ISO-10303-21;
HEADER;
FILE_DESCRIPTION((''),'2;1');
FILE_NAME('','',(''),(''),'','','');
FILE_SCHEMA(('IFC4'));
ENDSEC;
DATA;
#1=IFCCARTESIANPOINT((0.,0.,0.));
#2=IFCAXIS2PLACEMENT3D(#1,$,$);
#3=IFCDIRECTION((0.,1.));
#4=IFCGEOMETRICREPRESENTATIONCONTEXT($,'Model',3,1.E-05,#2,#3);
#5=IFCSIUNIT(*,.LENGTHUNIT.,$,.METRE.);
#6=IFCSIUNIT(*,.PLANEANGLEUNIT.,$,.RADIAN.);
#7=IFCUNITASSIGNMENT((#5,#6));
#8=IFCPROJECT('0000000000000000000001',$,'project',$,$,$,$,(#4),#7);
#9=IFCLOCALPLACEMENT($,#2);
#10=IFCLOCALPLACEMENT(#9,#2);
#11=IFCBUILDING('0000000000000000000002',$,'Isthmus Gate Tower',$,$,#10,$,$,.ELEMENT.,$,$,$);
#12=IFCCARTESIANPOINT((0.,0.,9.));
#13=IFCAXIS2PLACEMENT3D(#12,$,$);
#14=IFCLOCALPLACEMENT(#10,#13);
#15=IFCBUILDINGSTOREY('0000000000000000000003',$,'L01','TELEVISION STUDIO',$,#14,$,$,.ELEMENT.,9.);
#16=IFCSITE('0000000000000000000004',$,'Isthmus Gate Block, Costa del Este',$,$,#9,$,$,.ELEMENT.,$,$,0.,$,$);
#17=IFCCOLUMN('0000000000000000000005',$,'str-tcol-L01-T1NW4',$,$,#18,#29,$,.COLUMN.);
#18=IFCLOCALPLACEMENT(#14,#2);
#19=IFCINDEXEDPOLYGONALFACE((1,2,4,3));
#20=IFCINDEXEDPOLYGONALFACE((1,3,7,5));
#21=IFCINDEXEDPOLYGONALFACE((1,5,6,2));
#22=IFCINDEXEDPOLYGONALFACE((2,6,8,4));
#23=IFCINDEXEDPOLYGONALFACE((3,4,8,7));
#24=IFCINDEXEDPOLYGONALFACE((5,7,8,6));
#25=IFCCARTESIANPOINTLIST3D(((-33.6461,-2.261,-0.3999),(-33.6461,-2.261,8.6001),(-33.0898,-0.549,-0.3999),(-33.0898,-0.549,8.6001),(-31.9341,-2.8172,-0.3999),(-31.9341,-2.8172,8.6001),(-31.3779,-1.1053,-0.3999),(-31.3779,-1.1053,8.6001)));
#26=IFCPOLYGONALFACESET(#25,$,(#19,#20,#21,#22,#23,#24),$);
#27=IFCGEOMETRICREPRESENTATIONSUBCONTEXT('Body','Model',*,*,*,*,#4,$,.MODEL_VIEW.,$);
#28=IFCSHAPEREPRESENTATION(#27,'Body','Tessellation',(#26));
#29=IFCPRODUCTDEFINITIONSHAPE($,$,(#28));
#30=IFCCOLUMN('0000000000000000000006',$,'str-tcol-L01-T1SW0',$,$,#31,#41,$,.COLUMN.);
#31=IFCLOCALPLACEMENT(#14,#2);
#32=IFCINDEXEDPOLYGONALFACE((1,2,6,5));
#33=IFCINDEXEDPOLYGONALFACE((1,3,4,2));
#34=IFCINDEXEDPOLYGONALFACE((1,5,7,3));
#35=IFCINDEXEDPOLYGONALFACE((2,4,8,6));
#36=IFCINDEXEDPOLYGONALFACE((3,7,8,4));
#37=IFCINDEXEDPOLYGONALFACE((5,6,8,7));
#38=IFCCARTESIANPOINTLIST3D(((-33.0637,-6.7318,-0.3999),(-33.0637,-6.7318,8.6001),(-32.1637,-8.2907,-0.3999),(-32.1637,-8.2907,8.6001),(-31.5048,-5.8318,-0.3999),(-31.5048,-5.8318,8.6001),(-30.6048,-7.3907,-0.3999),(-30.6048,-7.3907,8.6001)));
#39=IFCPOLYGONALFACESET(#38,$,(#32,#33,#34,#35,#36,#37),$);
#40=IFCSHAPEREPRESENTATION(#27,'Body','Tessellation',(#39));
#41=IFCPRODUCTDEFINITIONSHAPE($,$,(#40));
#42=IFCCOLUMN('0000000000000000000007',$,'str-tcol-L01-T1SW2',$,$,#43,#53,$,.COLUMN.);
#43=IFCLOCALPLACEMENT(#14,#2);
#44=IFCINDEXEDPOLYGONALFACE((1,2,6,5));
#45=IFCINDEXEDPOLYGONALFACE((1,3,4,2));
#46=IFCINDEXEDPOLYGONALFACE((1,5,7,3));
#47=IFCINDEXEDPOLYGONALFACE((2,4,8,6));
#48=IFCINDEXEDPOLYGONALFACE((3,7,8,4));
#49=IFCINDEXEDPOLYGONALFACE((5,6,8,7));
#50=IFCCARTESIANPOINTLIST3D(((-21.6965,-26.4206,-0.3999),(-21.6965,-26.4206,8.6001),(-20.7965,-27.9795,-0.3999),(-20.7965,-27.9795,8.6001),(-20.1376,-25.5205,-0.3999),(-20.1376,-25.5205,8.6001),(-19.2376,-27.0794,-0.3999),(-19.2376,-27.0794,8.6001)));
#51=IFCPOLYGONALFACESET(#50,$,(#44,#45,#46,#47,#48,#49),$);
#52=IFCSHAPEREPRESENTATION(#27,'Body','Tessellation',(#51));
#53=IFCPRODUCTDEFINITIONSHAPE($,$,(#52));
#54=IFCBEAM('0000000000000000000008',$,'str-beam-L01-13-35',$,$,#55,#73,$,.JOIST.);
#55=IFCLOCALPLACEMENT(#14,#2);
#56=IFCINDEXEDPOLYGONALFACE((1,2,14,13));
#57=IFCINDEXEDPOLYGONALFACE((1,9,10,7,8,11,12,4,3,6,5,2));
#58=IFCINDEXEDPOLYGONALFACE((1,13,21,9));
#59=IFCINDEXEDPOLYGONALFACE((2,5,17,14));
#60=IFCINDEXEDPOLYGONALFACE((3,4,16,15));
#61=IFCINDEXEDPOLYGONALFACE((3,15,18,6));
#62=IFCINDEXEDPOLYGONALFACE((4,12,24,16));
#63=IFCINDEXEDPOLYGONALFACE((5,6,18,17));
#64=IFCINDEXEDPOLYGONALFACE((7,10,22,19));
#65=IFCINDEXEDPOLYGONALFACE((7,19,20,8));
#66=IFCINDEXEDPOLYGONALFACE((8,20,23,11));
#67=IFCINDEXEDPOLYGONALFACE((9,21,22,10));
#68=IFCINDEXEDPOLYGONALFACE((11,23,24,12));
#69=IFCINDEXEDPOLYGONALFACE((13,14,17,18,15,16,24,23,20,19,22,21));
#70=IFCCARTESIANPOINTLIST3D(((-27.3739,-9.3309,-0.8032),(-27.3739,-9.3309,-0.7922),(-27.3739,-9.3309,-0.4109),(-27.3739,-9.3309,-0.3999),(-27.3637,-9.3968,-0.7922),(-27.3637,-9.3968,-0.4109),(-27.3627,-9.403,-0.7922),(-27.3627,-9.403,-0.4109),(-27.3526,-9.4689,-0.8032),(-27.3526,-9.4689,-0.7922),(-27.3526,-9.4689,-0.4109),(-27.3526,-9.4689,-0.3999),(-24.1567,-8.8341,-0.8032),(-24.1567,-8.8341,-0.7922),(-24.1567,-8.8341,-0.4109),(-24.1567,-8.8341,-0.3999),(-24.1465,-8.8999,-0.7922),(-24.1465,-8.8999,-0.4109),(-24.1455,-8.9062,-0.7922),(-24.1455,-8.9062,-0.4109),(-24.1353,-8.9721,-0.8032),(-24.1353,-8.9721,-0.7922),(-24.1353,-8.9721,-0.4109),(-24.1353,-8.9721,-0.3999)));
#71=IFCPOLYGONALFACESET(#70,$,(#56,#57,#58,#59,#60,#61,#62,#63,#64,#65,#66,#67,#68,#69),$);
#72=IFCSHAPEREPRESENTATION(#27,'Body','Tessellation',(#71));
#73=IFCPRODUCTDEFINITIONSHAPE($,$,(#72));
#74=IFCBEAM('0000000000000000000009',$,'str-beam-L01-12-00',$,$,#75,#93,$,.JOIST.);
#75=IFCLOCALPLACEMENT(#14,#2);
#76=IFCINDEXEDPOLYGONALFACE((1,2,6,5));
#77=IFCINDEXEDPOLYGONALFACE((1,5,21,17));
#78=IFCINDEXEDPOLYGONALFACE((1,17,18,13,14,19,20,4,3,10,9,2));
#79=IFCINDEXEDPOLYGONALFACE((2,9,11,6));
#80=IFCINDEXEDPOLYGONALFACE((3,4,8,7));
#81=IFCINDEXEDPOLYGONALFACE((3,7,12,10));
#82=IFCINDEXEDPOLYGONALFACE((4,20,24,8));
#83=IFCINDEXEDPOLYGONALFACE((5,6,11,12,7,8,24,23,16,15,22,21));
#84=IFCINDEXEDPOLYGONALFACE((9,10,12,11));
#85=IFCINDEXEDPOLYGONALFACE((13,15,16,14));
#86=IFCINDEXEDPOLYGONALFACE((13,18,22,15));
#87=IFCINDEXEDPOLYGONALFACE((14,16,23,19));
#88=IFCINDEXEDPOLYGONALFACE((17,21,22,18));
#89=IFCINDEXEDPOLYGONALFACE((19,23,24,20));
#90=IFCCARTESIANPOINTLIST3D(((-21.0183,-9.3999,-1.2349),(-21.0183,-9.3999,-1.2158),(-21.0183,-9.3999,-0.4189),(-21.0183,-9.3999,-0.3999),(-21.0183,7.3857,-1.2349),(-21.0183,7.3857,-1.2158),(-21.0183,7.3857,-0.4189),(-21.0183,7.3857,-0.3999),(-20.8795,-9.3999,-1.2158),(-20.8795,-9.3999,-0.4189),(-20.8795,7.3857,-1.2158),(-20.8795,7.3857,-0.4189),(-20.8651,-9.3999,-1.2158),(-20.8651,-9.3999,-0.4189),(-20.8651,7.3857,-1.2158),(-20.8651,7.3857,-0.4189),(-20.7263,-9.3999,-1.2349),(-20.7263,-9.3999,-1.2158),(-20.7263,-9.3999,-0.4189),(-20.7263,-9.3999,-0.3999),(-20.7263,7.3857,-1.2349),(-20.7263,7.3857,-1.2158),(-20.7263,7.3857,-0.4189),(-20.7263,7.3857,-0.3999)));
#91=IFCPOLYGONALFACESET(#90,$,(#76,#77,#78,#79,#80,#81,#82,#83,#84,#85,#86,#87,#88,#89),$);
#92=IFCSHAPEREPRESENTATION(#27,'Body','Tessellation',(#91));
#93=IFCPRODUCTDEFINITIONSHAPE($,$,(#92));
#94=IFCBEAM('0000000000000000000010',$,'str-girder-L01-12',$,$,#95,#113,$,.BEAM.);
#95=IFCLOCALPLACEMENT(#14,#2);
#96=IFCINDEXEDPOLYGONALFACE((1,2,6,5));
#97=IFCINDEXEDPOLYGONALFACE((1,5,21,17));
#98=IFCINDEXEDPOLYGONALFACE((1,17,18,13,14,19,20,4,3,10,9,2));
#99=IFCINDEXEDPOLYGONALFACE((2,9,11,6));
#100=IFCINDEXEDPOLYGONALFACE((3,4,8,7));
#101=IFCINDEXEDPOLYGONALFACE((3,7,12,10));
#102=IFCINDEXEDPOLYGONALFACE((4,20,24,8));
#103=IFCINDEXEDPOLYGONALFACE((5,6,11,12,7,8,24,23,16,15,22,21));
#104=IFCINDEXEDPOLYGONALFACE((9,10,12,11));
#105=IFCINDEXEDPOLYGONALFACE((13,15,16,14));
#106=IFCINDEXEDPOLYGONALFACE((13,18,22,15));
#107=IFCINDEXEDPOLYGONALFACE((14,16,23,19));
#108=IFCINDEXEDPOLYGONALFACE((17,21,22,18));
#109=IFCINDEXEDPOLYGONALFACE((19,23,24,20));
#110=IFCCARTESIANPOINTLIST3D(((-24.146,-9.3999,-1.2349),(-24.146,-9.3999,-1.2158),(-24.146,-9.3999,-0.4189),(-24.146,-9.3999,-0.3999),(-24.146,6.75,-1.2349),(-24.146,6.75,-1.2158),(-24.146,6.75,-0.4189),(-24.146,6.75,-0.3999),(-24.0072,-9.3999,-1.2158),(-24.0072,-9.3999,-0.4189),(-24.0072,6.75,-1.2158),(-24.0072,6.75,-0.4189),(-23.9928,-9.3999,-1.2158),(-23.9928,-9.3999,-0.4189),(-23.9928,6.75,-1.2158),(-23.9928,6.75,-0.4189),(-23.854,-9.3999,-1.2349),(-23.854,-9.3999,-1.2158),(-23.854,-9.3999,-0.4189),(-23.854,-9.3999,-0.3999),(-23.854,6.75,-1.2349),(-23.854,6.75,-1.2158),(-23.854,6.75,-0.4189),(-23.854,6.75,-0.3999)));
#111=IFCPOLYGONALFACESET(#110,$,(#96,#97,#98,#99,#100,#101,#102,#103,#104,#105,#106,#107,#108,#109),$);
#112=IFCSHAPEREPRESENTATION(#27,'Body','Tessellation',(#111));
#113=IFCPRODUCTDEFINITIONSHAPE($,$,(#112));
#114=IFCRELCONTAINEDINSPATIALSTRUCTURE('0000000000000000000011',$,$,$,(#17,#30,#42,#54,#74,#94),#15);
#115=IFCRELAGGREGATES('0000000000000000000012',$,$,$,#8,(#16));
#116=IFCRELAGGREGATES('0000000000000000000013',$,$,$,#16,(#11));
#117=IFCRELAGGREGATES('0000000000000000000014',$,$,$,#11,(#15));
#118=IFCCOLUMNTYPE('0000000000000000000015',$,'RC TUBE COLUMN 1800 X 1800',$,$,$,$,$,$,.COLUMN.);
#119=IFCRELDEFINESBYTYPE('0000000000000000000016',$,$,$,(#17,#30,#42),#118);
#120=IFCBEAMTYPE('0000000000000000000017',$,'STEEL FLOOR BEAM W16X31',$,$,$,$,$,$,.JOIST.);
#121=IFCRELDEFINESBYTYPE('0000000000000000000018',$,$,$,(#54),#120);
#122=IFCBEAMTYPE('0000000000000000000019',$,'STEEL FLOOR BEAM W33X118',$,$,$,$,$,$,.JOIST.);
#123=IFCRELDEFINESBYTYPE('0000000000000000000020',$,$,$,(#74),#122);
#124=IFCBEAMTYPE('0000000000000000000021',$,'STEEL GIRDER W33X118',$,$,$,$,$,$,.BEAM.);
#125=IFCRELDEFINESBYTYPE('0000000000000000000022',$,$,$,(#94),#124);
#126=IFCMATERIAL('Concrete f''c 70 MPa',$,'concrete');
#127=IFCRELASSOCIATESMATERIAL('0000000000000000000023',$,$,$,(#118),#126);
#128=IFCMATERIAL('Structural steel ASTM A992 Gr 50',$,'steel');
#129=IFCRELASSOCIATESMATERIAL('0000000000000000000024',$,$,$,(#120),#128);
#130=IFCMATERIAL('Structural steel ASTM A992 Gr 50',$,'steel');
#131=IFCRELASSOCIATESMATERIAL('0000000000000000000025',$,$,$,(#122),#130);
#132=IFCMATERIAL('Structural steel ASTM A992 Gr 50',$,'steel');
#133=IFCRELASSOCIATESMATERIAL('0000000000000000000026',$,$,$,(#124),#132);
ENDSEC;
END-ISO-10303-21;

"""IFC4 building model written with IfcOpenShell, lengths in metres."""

from ifc_helpers import new_model, si_unit, direction, frame, origin, origin_2d, place, context, subcontext, project, spatial, rectangle, i_section, extrude, material, material_profile, profile_set, type_object, element, save


model = new_model("IFC4")

# Units and contexts
model_context = context("Model", 3, precision=1e-05, world=origin(), true_north=direction((0.0, 1.0)))
body_context = subcontext(model_context, "Body", "Model", "MODEL_VIEW")
ifc_project = project(units=[si_unit("LENGTHUNIT", "METRE"), si_unit("PLANEANGLEUNIT", "RADIAN")], contexts=[model_context])

# Site, building, storey
site_placement = place(None, origin())
site = spatial("IfcSite", under=ifc_project, at=site_placement, Name="Isthmus Gate Block, Costa del Este", CompositionType="ELEMENT", RefElevation=0.0)
building_placement = place(site_placement, origin())
building = spatial("IfcBuilding", under=site, at=building_placement, Name="Isthmus Gate Tower", CompositionType="ELEMENT")
storey_placement = place(building_placement, frame((0.0, 0.0, 9.0)))
storey = spatial("IfcBuildingStorey", under=building, at=storey_placement, Name="L01", Description="TELEVISION STUDIO", CompositionType="ELEMENT", Elevation=9.0)

# Columns
ifc_material_1 = material(Name="Concrete f'c 70 MPa", Category="concrete")
ifc_material_profile_1 = material_profile(ifc_material_1, rectangle(XDim=1.8, YDim=1.8, at=origin_2d()), Name="RC 1800X1800")
ifc_profile_set_1 = profile_set([ifc_material_profile_1], Name="Concrete f'c 70 MPa")
column_type = type_object("IfcColumnType", Name="RC TUBE COLUMN 1800 X 1800", PredefinedType="COLUMN", material=ifc_profile_set_1)
for number, where, z_axis, x_axis, name in (
    (1, (-32.512, -1.6831, -0.3999), (0.0, 0.0, 1.0), (-0.309017, -0.951057, 0.0), "str-tcol-L01-T1NW4"),
    (2, (-31.8342, -7.0613, -0.3999), (0.0, 0.0, 1.0), (0.5, -0.866025, 0.0), "str-tcol-L01-T1SW0"),
    (3, (-20.467, -26.75, -0.3999), (0.0, 0.0, 1.0), (0.5, -0.866025, 0.0), "str-tcol-L01-T1SW2"),
):
    element("IfcColumn", number, at=place(storey_placement, frame(where, z_axis=z_axis, x_axis=x_axis)), inside=storey, type_object=column_type, Name=name, PredefinedType="COLUMN", context=body_context, shape_type="SweptSolid", body=[
        extrude(rectangle(XDim=1.8, YDim=1.8, at=origin_2d()), origin(), (0.0, 0.0, 1.0), 9.0),
    ])

# Beams
ifc_material_2 = material(Name="Structural steel ASTM A992 Gr 50", Category="steel")
ifc_material_profile_2 = material_profile(ifc_material_2, i_section(OverallWidth=0.1396, OverallDepth=0.4033, WebThickness=0.0063, FlangeThickness=0.011, at=origin_2d()), Name="W16X31")
ifc_profile_set_2 = profile_set([ifc_material_profile_2], Name="Structural steel ASTM A992 Gr 50")
beam_type_1 = type_object("IfcBeamType", Name="STEEL FLOOR BEAM W16X31", PredefinedType="JOIST", material=ifc_profile_set_2)
beam_1_placement = place(storey_placement, frame((-24.146, -8.9031, -0.6016), z_axis=(-0.988286, -0.152615, 0.0), x_axis=(0.152615, -0.988286, 0.0)))
element("IfcBeam", 4, at=beam_1_placement, inside=storey, type_object=beam_type_1, Name="str-beam-L01-13-35", PredefinedType="JOIST", context=body_context, shape_type="SweptSolid", body=[
    extrude(i_section(OverallWidth=0.1396, OverallDepth=0.4033, WebThickness=0.0063, FlangeThickness=0.011, at=origin_2d()), origin(), (0.0, 0.0, 1.0), 3.2554),
])
ifc_material_3 = material(Name="Structural steel ASTM A992 Gr 50", Category="steel")
ifc_material_profile_3 = material_profile(ifc_material_3, i_section(OverallWidth=0.292, OverallDepth=0.835, WebThickness=0.0144, FlangeThickness=0.019, at=origin_2d()), Name="W33X118")
ifc_profile_set_3 = profile_set([ifc_material_profile_3], Name="Structural steel ASTM A992 Gr 50")
beam_type_2 = type_object("IfcBeamType", Name="STEEL FLOOR BEAM W33X118", PredefinedType="JOIST", material=ifc_profile_set_3)
beam_2_placement = place(storey_placement, frame((-20.8723, -9.3999, -0.8174), z_axis=(0.0, 1.0, 0.0), x_axis=(-1.0, 0.0, 0.0)))
element("IfcBeam", 5, at=beam_2_placement, inside=storey, type_object=beam_type_2, Name="str-beam-L01-12-00", PredefinedType="JOIST", context=body_context, shape_type="SweptSolid", body=[
    extrude(i_section(OverallWidth=0.292, OverallDepth=0.835, WebThickness=0.0144, FlangeThickness=0.019, at=origin_2d()), origin(), (0.0, 0.0, 1.0), 16.7856),
])
ifc_material_4 = material(Name="Structural steel ASTM A992 Gr 50", Category="steel")
ifc_material_profile_4 = material_profile(ifc_material_4, i_section(OverallWidth=0.292, OverallDepth=0.835, WebThickness=0.0144, FlangeThickness=0.019, at=origin_2d()), Name="W33X118")
ifc_profile_set_4 = profile_set([ifc_material_profile_4], Name="Structural steel ASTM A992 Gr 50")
beam_type_3 = type_object("IfcBeamType", Name="STEEL GIRDER W33X118", PredefinedType="BEAM", material=ifc_profile_set_4)
beam_3_placement = place(storey_placement, frame((-24.0, -9.3999, -0.8174), z_axis=(0.0, 1.0, 0.0), x_axis=(-1.0, 0.0, 0.0)))
element("IfcBeam", 6, at=beam_3_placement, inside=storey, type_object=beam_type_3, Name="str-girder-L01-12", PredefinedType="BEAM", context=body_context, shape_type="SweptSolid", body=[
    extrude(i_section(OverallWidth=0.292, OverallDepth=0.835, WebThickness=0.0144, FlangeThickness=0.019, at=origin_2d()), origin(), (0.0, 0.0, 1.0), 16.1499),
])

save(model, "model.ifc")
